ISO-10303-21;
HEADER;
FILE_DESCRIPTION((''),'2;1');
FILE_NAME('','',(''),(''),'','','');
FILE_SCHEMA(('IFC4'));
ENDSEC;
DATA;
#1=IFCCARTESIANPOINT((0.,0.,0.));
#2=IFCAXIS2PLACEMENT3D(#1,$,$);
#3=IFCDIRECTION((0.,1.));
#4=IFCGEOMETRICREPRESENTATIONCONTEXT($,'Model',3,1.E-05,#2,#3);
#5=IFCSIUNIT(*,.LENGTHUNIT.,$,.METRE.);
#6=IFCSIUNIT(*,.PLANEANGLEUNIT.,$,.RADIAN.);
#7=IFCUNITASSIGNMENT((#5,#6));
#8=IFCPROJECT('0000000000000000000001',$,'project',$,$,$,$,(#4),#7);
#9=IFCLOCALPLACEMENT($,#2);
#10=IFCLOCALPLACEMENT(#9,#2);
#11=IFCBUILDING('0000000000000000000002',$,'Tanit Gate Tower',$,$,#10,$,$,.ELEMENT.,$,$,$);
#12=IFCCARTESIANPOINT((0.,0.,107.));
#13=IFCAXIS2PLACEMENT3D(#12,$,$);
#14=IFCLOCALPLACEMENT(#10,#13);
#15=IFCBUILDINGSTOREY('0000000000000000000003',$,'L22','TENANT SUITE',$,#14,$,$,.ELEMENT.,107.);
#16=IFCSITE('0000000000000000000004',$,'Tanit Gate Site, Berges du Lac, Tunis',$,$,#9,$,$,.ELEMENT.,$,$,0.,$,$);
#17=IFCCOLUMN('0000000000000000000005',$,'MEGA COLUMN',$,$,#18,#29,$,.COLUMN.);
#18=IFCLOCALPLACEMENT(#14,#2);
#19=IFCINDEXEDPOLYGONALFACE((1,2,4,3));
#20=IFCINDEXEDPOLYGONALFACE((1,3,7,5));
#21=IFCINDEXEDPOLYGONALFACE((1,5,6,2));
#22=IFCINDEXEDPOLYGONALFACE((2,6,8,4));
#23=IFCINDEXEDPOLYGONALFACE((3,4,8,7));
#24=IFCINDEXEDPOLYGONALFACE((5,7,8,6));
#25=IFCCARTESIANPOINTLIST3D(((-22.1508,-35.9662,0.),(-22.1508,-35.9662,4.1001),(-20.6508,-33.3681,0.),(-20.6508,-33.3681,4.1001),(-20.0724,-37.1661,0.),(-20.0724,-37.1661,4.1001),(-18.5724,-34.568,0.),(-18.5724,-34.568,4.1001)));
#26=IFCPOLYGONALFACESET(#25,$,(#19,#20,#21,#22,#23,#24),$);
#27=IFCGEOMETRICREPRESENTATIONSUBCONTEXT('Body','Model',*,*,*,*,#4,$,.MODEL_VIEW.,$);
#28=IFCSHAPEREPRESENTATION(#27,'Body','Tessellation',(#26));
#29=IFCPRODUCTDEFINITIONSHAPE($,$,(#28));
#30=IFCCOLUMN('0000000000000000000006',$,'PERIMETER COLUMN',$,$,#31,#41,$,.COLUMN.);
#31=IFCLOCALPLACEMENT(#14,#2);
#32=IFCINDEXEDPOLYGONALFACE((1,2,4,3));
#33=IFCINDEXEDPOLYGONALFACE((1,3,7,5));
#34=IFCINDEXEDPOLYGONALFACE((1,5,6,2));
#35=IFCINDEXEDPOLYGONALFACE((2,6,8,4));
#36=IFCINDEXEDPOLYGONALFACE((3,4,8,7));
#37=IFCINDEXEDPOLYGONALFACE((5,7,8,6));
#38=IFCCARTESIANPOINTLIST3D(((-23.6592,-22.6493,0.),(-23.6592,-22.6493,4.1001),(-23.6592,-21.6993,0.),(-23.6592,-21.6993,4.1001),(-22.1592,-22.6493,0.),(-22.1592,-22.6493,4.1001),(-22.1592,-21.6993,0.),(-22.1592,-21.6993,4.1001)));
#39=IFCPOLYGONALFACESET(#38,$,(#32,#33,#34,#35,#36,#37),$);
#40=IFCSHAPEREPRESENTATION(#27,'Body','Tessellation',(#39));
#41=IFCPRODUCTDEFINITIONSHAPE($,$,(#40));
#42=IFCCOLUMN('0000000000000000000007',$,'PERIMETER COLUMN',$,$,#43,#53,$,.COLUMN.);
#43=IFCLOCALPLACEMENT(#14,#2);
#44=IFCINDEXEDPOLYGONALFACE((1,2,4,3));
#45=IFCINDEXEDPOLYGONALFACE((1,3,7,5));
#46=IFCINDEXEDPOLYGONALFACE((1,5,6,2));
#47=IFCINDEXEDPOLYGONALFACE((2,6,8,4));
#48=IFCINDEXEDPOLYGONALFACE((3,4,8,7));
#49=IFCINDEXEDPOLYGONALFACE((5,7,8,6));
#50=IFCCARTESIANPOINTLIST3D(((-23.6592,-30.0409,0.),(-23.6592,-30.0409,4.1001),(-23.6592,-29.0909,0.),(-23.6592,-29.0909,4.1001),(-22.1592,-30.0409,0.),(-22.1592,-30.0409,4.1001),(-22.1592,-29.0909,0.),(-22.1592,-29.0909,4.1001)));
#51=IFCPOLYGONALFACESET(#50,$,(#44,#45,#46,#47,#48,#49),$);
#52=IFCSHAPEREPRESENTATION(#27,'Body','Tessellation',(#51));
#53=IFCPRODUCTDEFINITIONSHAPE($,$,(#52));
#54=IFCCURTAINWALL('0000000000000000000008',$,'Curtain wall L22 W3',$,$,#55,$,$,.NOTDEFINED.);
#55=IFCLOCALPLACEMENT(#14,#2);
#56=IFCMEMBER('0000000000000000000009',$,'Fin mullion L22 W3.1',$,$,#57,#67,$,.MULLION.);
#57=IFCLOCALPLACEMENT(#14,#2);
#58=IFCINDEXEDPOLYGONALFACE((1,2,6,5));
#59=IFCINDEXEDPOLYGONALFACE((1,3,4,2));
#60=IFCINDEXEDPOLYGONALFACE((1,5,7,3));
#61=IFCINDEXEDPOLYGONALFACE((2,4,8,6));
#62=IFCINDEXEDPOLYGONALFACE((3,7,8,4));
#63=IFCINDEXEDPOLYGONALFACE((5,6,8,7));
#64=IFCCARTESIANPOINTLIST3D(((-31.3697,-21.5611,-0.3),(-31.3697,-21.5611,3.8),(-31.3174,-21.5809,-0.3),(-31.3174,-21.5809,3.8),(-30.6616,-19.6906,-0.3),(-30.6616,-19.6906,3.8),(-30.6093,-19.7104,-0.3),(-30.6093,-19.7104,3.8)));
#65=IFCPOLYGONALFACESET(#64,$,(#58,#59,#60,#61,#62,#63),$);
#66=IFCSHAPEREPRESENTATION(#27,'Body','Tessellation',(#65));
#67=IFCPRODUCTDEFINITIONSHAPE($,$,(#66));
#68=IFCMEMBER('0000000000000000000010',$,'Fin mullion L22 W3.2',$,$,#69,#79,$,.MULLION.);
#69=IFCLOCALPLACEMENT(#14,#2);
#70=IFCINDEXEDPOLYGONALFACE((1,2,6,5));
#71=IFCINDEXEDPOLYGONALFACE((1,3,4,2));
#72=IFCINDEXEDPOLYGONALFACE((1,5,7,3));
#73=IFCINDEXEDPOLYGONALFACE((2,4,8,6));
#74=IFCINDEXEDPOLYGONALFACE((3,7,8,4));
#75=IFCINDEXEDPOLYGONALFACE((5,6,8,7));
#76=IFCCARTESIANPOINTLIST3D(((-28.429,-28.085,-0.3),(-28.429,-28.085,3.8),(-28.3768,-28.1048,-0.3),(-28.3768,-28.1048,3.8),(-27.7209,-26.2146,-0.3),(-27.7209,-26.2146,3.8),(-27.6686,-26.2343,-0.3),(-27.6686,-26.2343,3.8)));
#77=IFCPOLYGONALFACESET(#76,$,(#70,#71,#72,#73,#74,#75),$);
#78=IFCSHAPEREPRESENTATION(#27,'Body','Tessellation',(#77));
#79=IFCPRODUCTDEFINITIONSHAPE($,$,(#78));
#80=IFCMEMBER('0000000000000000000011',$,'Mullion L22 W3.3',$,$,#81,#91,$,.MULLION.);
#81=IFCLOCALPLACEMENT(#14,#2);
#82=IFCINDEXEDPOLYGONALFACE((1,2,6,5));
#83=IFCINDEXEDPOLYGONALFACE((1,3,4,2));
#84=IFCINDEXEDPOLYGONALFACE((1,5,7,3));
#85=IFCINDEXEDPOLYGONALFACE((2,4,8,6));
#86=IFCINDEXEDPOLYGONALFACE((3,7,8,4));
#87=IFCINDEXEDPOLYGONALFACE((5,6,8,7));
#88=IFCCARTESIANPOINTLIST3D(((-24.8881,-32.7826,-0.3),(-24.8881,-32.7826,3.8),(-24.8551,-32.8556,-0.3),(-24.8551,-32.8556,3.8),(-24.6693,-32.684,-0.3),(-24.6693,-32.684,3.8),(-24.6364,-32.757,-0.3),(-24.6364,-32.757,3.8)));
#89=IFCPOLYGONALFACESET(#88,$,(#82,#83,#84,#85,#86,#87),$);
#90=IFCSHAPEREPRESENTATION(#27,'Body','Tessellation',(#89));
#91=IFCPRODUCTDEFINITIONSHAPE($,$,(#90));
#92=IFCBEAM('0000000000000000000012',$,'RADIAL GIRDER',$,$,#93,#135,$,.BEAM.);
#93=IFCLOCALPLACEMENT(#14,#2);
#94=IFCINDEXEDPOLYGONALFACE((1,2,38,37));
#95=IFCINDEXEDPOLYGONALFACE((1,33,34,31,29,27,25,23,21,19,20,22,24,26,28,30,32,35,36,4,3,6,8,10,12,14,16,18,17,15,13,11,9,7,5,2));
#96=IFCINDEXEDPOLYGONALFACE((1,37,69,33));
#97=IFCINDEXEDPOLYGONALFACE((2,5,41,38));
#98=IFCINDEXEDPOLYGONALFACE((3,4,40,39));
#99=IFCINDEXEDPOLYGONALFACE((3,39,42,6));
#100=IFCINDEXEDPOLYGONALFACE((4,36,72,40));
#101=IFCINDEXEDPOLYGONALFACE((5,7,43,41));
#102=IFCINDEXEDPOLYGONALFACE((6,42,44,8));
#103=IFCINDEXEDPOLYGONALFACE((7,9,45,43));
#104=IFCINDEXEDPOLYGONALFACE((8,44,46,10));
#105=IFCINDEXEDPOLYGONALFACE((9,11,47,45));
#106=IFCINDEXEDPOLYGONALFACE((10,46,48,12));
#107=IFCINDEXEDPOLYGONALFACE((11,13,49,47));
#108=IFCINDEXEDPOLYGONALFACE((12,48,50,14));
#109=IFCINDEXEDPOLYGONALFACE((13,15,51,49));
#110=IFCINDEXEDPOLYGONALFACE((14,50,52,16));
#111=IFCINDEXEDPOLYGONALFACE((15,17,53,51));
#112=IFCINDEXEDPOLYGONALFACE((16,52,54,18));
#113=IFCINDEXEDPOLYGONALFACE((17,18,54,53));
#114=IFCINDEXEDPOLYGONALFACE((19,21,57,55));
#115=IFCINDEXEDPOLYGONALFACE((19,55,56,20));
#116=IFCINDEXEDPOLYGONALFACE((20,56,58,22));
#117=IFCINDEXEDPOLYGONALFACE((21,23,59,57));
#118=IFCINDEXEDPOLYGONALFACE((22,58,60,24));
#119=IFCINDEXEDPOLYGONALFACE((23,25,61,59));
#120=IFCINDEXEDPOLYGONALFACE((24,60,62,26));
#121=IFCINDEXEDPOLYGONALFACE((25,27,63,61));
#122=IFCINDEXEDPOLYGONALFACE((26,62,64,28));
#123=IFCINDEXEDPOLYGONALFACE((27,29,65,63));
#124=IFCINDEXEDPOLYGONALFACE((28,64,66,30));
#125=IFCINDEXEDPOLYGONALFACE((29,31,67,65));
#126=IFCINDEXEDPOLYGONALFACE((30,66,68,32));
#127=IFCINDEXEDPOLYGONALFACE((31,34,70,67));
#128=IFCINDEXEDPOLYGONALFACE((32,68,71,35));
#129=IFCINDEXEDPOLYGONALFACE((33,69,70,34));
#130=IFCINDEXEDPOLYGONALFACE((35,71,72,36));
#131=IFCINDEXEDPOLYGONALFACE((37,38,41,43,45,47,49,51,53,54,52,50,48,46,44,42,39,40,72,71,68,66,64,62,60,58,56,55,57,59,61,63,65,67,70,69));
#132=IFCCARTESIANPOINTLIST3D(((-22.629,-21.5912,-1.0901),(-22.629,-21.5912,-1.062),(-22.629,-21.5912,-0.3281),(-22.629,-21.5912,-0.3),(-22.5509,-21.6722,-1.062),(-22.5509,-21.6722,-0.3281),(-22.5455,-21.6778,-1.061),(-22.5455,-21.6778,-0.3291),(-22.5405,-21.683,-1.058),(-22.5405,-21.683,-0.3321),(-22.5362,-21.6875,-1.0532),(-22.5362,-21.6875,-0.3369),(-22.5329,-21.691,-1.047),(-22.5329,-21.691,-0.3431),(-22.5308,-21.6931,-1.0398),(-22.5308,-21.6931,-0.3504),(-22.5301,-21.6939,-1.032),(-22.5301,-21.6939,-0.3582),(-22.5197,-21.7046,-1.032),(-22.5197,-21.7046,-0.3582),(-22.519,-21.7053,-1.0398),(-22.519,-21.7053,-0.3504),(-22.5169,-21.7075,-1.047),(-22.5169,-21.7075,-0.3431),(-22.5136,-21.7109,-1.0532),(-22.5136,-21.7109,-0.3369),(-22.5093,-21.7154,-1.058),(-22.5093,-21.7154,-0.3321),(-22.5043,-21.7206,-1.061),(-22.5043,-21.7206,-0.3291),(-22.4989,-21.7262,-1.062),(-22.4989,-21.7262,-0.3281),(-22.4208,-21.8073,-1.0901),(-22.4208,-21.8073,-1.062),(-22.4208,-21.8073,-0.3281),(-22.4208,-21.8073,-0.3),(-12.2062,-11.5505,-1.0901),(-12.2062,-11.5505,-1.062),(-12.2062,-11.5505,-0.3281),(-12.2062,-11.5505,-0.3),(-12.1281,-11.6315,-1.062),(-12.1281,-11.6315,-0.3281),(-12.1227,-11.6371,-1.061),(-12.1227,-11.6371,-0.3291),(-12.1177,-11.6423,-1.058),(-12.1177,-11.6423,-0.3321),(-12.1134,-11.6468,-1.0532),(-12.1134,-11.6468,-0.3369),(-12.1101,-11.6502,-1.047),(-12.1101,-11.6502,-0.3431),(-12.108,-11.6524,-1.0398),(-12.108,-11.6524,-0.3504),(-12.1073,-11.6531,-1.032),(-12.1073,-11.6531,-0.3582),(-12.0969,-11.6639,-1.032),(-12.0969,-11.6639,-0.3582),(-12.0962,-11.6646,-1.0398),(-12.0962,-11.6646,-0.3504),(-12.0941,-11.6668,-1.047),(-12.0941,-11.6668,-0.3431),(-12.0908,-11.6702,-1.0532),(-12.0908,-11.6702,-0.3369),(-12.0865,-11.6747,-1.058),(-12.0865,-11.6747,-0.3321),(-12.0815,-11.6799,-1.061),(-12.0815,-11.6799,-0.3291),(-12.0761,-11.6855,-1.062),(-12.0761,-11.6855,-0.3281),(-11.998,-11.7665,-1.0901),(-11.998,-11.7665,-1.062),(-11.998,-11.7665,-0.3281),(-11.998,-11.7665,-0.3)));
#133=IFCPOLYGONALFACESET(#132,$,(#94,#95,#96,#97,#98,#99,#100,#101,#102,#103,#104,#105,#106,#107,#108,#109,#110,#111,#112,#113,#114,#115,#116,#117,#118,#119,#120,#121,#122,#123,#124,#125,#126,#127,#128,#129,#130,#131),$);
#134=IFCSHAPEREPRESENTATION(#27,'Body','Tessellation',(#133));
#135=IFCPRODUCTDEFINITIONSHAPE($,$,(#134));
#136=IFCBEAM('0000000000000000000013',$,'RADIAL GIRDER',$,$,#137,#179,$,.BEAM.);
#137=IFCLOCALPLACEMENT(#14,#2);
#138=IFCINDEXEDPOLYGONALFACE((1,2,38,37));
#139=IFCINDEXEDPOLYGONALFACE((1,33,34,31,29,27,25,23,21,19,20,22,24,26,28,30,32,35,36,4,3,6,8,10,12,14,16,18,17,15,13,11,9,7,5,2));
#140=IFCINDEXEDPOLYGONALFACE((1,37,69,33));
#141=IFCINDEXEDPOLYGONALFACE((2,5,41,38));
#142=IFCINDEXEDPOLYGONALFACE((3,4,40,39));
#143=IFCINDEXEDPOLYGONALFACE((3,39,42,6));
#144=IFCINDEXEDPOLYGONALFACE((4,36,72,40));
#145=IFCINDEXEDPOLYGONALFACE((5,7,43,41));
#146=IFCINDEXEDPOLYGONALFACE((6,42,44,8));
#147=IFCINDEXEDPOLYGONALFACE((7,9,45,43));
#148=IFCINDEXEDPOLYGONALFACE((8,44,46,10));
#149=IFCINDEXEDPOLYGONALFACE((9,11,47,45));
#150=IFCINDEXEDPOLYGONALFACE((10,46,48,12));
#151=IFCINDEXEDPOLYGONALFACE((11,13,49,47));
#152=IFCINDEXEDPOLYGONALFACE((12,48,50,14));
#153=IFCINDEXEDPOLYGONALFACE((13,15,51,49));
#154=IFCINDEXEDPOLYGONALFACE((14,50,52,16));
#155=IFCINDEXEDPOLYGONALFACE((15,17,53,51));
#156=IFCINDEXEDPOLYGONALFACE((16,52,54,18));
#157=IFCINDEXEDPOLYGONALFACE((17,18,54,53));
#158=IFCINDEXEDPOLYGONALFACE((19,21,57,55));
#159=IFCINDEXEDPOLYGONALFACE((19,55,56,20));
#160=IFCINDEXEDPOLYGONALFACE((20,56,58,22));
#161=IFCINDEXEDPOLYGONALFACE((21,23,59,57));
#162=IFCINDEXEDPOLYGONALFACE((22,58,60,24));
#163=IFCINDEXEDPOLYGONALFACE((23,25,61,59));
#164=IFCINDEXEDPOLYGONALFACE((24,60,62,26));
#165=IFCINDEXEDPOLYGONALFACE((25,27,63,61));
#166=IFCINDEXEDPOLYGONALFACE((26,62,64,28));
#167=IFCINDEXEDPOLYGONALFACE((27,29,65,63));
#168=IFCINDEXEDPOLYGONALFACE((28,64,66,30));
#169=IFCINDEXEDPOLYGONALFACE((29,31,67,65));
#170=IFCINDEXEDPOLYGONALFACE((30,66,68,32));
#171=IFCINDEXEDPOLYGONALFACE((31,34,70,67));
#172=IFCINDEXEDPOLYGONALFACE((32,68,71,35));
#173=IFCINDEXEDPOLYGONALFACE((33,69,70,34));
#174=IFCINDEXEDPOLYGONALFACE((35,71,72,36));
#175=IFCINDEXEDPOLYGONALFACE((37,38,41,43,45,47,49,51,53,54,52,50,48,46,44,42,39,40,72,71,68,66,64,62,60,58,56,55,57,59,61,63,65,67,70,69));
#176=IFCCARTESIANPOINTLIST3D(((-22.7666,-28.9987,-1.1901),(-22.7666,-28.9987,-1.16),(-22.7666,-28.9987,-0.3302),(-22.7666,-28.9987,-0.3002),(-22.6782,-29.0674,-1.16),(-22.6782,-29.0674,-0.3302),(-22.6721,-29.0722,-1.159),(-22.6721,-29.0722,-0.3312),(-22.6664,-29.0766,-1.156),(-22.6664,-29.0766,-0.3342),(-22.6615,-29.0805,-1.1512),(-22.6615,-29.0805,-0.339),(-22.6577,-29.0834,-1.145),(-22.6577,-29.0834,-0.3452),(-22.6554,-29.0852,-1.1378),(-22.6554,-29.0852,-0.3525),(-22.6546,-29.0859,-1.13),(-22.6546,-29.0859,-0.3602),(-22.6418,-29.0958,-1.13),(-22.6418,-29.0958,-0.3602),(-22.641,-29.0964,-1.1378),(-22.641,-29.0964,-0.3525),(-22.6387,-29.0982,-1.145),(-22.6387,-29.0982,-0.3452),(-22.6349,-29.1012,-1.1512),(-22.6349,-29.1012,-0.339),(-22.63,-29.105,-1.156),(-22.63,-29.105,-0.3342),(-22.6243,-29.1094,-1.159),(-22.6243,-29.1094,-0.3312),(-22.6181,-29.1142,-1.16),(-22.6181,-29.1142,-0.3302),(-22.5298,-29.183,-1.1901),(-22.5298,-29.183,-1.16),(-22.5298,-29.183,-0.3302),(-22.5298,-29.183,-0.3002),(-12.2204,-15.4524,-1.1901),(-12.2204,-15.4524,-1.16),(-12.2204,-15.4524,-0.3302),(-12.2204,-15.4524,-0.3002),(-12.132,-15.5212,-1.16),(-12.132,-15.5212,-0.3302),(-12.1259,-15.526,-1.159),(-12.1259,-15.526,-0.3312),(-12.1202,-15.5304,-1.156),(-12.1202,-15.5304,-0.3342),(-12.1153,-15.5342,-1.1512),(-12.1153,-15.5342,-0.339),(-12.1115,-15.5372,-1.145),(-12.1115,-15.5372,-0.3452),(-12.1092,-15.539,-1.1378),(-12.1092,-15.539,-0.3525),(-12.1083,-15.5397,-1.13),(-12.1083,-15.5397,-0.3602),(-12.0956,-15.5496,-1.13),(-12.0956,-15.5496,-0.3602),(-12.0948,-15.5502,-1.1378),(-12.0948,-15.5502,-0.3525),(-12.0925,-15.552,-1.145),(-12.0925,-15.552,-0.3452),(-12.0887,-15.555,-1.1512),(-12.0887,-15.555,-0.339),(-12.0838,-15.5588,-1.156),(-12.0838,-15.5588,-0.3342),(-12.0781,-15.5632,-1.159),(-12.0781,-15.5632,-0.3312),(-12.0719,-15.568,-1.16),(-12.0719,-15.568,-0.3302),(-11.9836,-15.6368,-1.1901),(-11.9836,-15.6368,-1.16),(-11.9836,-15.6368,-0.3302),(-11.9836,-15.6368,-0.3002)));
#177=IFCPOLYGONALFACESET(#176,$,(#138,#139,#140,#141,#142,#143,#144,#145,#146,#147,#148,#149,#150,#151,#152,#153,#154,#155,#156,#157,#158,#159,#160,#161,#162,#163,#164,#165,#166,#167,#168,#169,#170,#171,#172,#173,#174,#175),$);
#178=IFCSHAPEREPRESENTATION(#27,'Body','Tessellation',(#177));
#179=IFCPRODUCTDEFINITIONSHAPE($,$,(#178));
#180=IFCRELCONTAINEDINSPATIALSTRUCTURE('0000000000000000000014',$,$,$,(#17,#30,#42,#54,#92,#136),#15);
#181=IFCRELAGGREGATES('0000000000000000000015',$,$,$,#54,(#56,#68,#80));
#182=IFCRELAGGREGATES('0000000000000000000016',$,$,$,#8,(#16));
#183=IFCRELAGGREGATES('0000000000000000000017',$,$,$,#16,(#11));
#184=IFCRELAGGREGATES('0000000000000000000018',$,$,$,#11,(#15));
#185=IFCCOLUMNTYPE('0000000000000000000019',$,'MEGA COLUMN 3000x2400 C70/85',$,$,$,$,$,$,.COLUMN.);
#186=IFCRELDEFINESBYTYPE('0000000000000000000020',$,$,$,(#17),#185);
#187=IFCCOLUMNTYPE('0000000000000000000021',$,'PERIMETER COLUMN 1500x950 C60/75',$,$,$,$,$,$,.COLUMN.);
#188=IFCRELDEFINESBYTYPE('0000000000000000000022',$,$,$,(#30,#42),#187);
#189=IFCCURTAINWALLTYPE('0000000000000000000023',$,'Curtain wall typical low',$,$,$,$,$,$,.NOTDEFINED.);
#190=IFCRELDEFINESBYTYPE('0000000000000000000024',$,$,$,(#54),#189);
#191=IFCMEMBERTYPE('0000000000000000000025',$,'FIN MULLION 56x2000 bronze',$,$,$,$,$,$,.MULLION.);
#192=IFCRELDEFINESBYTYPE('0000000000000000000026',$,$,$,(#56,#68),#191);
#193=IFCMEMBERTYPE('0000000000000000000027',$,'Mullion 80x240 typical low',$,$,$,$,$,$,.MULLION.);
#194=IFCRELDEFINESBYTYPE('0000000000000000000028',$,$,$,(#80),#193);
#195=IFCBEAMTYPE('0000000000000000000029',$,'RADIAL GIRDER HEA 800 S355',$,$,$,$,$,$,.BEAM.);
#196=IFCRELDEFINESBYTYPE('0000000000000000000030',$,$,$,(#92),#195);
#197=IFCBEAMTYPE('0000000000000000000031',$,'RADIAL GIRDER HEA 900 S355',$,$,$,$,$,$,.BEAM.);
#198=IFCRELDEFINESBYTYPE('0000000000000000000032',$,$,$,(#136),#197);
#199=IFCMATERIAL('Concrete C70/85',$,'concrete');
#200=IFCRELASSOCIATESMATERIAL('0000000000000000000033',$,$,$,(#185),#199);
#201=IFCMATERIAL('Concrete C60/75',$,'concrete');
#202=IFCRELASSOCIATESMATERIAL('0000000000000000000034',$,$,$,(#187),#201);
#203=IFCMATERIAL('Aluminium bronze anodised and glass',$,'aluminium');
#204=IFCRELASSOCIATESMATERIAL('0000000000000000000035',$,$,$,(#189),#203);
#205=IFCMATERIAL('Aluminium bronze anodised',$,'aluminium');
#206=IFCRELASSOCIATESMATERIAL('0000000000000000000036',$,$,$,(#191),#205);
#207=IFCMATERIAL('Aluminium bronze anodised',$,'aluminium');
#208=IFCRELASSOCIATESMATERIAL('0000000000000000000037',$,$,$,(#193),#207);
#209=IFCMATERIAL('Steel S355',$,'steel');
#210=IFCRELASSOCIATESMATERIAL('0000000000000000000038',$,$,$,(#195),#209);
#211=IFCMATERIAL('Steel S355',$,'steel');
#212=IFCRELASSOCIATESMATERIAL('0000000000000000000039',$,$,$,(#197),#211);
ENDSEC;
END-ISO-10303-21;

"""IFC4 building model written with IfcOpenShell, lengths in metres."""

from ifc_helpers import new_model, si_unit, direction, frame, origin, origin_2d, place, context, subcontext, project, spatial, rectangle, i_section, extrude, material, material_profile, profile_set, type_object, element, aggregate, save


model = new_model("IFC4")

# Units and contexts
model_context = context("Model", 3, precision=1e-05, world=origin(), true_north=direction((0.0, 1.0)))
body_context = subcontext(model_context, "Body", "Model", "MODEL_VIEW")
ifc_project = project(units=[si_unit("LENGTHUNIT", "METRE"), si_unit("PLANEANGLEUNIT", "RADIAN")], contexts=[model_context])

# Site, building, storey
site_placement = place(None, origin())
site = spatial("IfcSite", under=ifc_project, at=site_placement, Name="Tanit Gate Site, Berges du Lac, Tunis", CompositionType="ELEMENT", RefElevation=0.0)
building_placement = place(site_placement, origin())
building = spatial("IfcBuilding", under=site, at=building_placement, Name="Tanit Gate Tower", CompositionType="ELEMENT")
storey_placement = place(building_placement, frame((0.0, 0.0, 107.0)))
storey = spatial("IfcBuildingStorey", under=building, at=storey_placement, Name="L22", Description="TENANT SUITE", CompositionType="ELEMENT", Elevation=107.0)

# Columns
ifc_material_1 = material(Name="Concrete C70/85", Category="concrete")
ifc_material_profile_1 = material_profile(ifc_material_1, rectangle(XDim=3.0, YDim=2.3999, at=origin_2d()), Name="RC 3000x2400")
ifc_profile_set_1 = profile_set([ifc_material_profile_1], Name="Concrete C70/85")
column_type_1 = type_object("IfcColumnType", Name="MEGA COLUMN 3000x2400 C70/85", PredefinedType="COLUMN", material=ifc_profile_set_1)
column_placement = place(storey_placement, frame((-20.3616, -35.2671, 0.0), z_axis=(0.0, 0.0, 1.0), x_axis=(-0.5, -0.866025, 0.0)))
element("IfcColumn", 1, at=column_placement, inside=storey, type_object=column_type_1, Name="MEGA COLUMN", PredefinedType="COLUMN", context=body_context, shape_type="SweptSolid", body=[
    extrude(rectangle(XDim=3.0, YDim=2.3999, at=origin_2d()), origin(), (0.0, 0.0, 1.0), 4.1001),
])
ifc_material_2 = material(Name="Concrete C60/75", Category="concrete")
ifc_material_profile_2 = material_profile(ifc_material_2, rectangle(XDim=1.5, YDim=0.95, at=origin_2d()), Name="RC 1500x950")
ifc_profile_set_2 = profile_set([ifc_material_profile_2], Name="Concrete C60/75")
column_type_2 = type_object("IfcColumnType", Name="PERIMETER COLUMN 1500x950 C60/75", PredefinedType="COLUMN", material=ifc_profile_set_2)
for number, where, z_axis, x_axis, name in (
    (2, (-22.9092, -22.1743, 0.0), (0.0, 0.0, 1.0), (-1.0, 0.0, 0.0), "PERIMETER COLUMN"),
    (3, (-22.9092, -29.5659, 0.0), (0.0, 0.0, 1.0), (-1.0, 0.0, 0.0), "PERIMETER COLUMN"),
):
    element("IfcColumn", number, at=place(storey_placement, frame(where, z_axis=z_axis, x_axis=x_axis)), inside=storey, type_object=column_type_2, Name=name, PredefinedType="COLUMN", context=body_context, shape_type="SweptSolid", body=[
        extrude(rectangle(XDim=1.5, YDim=0.95, at=origin_2d()), origin(), (0.0, 0.0, 1.0), 4.1001),
    ])

# Curtain wall, members
ifc_material_3 = material(Name="Aluminium bronze anodised and glass", Category="aluminium")
curtain_wall_type = type_object("IfcCurtainWallType", Name="Curtain wall typical low", PredefinedType="NOTDEFINED", material=ifc_material_3)
curtain_wall_placement = place(storey_placement, origin())
curtain_wall = element("IfcCurtainWall", 4, at=curtain_wall_placement, inside=storey, type_object=curtain_wall_type, Name="Curtain wall L22 W3", PredefinedType="NOTDEFINED")
ifc_material_4 = material(Name="Aluminium bronze anodised", Category="aluminium")
ifc_material_profile_3 = material_profile(ifc_material_4, rectangle(XDim=2.0, YDim=0.0559, at=origin_2d()), Name="56x2000 bronze fin mullion")
ifc_profile_set_3 = profile_set([ifc_material_profile_3], Name="Aluminium bronze anodised")
member_type_1 = type_object("IfcMemberType", Name="FIN MULLION 56x2000 bronze", PredefinedType="MULLION", material=ifc_profile_set_3)
member_1_placement = place(storey_placement, frame((-30.9895, -20.6357, -0.3), z_axis=(0.0, 0.0, 1.0), x_axis=(0.354076, 0.935217, 0.0)))
member_1 = element("IfcMember", 5, at=member_1_placement, type_object=member_type_1, Name="Fin mullion L22 W3.1", PredefinedType="MULLION", context=body_context, shape_type="SweptSolid", body=[
    extrude(rectangle(XDim=2.0, YDim=0.0559, at=origin_2d()), origin(), (0.0, 0.0, 1.0), 4.1001),
])
member_2_placement = place(storey_placement, frame((-28.0488, -27.1597, -0.3), z_axis=(0.0, 0.0, 1.0), x_axis=(0.354076, 0.935217, 0.0)))
member_2 = element("IfcMember", 6, at=member_2_placement, type_object=member_type_1, Name="Fin mullion L22 W3.2", PredefinedType="MULLION", context=body_context, shape_type="SweptSolid", body=[
    extrude(rectangle(XDim=2.0, YDim=0.0559, at=origin_2d()), origin(), (0.0, 0.0, 1.0), 4.1001),
])
ifc_material_5 = material(Name="Aluminium bronze anodised", Category="aluminium")
ifc_material_profile_4 = material_profile(ifc_material_5, rectangle(XDim=0.24, YDim=0.0801, at=origin_2d()), Name="80x240 bronze mullion")
ifc_profile_set_4 = profile_set([ifc_material_profile_4], Name="Aluminium bronze anodised")
member_type_2 = type_object("IfcMemberType", Name="Mullion 80x240 typical low", PredefinedType="MULLION", material=ifc_profile_set_4)
member_3_placement = place(storey_placement, frame((-24.7622, -32.7698, -0.3), z_axis=(0.0, 0.0, 1.0), x_axis=(0.911668, 0.410928, 0.0)))
member_3 = element("IfcMember", 7, at=member_3_placement, type_object=member_type_2, Name="Mullion L22 W3.3", PredefinedType="MULLION", context=body_context, shape_type="SweptSolid", body=[
    extrude(rectangle(XDim=0.24, YDim=0.0801, at=origin_2d()), origin(), (0.0, 0.0, 1.0), 4.1001),
])

# Beams
ifc_material_6 = material(Name="Steel S355", Category="steel")
ifc_material_profile_5 = material_profile(ifc_material_6, i_section(OverallWidth=0.3, OverallDepth=0.79, WebThickness=0.0149, FlangeThickness=0.0281, FilletRadius=0.03, at=origin_2d()), Name="HEA 800")
ifc_profile_set_5 = profile_set([ifc_material_profile_5], Name="Steel S355")
beam_type_1 = type_object("IfcBeamType", Name="RADIAL GIRDER HEA 800 S355", PredefinedType="BEAM", material=ifc_profile_set_5)
beam_1_placement = place(storey_placement, frame((-22.5249, -21.6992, -0.6951), z_axis=(0.720184, 0.693783, 0.0), x_axis=(-0.693783, 0.720184, 0.0)))
element("IfcBeam", 8, at=beam_1_placement, inside=storey, type_object=beam_type_1, Name="RADIAL GIRDER", PredefinedType="BEAM", context=body_context, shape_type="SweptSolid", body=[
    extrude(i_section(OverallWidth=0.3, OverallDepth=0.79, WebThickness=0.0149, FlangeThickness=0.0281, FilletRadius=0.03, at=origin_2d()), origin(), (0.0, 0.0, 1.0), 14.4724),
])
ifc_material_7 = material(Name="Steel S355", Category="steel")
ifc_material_profile_6 = material_profile(ifc_material_7, i_section(OverallWidth=0.3, OverallDepth=0.8899, WebThickness=0.0161, FlangeThickness=0.03, FilletRadius=0.03, at=origin_2d()), Name="HEA 900")
ifc_profile_set_6 = profile_set([ifc_material_profile_6], Name="Steel S355")
beam_type_2 = type_object("IfcBeamType", Name="RADIAL GIRDER HEA 900 S355", PredefinedType="BEAM", material=ifc_profile_set_6)
beam_2_placement = place(storey_placement, frame((-22.6482, -29.0908, -0.7451), z_axis=(0.614313, 0.789063, 0.0), x_axis=(-0.789063, 0.614313, 0.0)))
element("IfcBeam", 9, at=beam_2_placement, inside=storey, type_object=beam_type_2, Name="RADIAL GIRDER", PredefinedType="BEAM", context=body_context, shape_type="SweptSolid", body=[
    extrude(i_section(OverallWidth=0.3, OverallDepth=0.8899, WebThickness=0.0161, FlangeThickness=0.03, FilletRadius=0.03, at=origin_2d()), origin(), (0.0, 0.0, 1.0), 17.1675),
])

aggregate(curtain_wall, [member_1, member_2, member_3])

save(model, "model.ifc")
